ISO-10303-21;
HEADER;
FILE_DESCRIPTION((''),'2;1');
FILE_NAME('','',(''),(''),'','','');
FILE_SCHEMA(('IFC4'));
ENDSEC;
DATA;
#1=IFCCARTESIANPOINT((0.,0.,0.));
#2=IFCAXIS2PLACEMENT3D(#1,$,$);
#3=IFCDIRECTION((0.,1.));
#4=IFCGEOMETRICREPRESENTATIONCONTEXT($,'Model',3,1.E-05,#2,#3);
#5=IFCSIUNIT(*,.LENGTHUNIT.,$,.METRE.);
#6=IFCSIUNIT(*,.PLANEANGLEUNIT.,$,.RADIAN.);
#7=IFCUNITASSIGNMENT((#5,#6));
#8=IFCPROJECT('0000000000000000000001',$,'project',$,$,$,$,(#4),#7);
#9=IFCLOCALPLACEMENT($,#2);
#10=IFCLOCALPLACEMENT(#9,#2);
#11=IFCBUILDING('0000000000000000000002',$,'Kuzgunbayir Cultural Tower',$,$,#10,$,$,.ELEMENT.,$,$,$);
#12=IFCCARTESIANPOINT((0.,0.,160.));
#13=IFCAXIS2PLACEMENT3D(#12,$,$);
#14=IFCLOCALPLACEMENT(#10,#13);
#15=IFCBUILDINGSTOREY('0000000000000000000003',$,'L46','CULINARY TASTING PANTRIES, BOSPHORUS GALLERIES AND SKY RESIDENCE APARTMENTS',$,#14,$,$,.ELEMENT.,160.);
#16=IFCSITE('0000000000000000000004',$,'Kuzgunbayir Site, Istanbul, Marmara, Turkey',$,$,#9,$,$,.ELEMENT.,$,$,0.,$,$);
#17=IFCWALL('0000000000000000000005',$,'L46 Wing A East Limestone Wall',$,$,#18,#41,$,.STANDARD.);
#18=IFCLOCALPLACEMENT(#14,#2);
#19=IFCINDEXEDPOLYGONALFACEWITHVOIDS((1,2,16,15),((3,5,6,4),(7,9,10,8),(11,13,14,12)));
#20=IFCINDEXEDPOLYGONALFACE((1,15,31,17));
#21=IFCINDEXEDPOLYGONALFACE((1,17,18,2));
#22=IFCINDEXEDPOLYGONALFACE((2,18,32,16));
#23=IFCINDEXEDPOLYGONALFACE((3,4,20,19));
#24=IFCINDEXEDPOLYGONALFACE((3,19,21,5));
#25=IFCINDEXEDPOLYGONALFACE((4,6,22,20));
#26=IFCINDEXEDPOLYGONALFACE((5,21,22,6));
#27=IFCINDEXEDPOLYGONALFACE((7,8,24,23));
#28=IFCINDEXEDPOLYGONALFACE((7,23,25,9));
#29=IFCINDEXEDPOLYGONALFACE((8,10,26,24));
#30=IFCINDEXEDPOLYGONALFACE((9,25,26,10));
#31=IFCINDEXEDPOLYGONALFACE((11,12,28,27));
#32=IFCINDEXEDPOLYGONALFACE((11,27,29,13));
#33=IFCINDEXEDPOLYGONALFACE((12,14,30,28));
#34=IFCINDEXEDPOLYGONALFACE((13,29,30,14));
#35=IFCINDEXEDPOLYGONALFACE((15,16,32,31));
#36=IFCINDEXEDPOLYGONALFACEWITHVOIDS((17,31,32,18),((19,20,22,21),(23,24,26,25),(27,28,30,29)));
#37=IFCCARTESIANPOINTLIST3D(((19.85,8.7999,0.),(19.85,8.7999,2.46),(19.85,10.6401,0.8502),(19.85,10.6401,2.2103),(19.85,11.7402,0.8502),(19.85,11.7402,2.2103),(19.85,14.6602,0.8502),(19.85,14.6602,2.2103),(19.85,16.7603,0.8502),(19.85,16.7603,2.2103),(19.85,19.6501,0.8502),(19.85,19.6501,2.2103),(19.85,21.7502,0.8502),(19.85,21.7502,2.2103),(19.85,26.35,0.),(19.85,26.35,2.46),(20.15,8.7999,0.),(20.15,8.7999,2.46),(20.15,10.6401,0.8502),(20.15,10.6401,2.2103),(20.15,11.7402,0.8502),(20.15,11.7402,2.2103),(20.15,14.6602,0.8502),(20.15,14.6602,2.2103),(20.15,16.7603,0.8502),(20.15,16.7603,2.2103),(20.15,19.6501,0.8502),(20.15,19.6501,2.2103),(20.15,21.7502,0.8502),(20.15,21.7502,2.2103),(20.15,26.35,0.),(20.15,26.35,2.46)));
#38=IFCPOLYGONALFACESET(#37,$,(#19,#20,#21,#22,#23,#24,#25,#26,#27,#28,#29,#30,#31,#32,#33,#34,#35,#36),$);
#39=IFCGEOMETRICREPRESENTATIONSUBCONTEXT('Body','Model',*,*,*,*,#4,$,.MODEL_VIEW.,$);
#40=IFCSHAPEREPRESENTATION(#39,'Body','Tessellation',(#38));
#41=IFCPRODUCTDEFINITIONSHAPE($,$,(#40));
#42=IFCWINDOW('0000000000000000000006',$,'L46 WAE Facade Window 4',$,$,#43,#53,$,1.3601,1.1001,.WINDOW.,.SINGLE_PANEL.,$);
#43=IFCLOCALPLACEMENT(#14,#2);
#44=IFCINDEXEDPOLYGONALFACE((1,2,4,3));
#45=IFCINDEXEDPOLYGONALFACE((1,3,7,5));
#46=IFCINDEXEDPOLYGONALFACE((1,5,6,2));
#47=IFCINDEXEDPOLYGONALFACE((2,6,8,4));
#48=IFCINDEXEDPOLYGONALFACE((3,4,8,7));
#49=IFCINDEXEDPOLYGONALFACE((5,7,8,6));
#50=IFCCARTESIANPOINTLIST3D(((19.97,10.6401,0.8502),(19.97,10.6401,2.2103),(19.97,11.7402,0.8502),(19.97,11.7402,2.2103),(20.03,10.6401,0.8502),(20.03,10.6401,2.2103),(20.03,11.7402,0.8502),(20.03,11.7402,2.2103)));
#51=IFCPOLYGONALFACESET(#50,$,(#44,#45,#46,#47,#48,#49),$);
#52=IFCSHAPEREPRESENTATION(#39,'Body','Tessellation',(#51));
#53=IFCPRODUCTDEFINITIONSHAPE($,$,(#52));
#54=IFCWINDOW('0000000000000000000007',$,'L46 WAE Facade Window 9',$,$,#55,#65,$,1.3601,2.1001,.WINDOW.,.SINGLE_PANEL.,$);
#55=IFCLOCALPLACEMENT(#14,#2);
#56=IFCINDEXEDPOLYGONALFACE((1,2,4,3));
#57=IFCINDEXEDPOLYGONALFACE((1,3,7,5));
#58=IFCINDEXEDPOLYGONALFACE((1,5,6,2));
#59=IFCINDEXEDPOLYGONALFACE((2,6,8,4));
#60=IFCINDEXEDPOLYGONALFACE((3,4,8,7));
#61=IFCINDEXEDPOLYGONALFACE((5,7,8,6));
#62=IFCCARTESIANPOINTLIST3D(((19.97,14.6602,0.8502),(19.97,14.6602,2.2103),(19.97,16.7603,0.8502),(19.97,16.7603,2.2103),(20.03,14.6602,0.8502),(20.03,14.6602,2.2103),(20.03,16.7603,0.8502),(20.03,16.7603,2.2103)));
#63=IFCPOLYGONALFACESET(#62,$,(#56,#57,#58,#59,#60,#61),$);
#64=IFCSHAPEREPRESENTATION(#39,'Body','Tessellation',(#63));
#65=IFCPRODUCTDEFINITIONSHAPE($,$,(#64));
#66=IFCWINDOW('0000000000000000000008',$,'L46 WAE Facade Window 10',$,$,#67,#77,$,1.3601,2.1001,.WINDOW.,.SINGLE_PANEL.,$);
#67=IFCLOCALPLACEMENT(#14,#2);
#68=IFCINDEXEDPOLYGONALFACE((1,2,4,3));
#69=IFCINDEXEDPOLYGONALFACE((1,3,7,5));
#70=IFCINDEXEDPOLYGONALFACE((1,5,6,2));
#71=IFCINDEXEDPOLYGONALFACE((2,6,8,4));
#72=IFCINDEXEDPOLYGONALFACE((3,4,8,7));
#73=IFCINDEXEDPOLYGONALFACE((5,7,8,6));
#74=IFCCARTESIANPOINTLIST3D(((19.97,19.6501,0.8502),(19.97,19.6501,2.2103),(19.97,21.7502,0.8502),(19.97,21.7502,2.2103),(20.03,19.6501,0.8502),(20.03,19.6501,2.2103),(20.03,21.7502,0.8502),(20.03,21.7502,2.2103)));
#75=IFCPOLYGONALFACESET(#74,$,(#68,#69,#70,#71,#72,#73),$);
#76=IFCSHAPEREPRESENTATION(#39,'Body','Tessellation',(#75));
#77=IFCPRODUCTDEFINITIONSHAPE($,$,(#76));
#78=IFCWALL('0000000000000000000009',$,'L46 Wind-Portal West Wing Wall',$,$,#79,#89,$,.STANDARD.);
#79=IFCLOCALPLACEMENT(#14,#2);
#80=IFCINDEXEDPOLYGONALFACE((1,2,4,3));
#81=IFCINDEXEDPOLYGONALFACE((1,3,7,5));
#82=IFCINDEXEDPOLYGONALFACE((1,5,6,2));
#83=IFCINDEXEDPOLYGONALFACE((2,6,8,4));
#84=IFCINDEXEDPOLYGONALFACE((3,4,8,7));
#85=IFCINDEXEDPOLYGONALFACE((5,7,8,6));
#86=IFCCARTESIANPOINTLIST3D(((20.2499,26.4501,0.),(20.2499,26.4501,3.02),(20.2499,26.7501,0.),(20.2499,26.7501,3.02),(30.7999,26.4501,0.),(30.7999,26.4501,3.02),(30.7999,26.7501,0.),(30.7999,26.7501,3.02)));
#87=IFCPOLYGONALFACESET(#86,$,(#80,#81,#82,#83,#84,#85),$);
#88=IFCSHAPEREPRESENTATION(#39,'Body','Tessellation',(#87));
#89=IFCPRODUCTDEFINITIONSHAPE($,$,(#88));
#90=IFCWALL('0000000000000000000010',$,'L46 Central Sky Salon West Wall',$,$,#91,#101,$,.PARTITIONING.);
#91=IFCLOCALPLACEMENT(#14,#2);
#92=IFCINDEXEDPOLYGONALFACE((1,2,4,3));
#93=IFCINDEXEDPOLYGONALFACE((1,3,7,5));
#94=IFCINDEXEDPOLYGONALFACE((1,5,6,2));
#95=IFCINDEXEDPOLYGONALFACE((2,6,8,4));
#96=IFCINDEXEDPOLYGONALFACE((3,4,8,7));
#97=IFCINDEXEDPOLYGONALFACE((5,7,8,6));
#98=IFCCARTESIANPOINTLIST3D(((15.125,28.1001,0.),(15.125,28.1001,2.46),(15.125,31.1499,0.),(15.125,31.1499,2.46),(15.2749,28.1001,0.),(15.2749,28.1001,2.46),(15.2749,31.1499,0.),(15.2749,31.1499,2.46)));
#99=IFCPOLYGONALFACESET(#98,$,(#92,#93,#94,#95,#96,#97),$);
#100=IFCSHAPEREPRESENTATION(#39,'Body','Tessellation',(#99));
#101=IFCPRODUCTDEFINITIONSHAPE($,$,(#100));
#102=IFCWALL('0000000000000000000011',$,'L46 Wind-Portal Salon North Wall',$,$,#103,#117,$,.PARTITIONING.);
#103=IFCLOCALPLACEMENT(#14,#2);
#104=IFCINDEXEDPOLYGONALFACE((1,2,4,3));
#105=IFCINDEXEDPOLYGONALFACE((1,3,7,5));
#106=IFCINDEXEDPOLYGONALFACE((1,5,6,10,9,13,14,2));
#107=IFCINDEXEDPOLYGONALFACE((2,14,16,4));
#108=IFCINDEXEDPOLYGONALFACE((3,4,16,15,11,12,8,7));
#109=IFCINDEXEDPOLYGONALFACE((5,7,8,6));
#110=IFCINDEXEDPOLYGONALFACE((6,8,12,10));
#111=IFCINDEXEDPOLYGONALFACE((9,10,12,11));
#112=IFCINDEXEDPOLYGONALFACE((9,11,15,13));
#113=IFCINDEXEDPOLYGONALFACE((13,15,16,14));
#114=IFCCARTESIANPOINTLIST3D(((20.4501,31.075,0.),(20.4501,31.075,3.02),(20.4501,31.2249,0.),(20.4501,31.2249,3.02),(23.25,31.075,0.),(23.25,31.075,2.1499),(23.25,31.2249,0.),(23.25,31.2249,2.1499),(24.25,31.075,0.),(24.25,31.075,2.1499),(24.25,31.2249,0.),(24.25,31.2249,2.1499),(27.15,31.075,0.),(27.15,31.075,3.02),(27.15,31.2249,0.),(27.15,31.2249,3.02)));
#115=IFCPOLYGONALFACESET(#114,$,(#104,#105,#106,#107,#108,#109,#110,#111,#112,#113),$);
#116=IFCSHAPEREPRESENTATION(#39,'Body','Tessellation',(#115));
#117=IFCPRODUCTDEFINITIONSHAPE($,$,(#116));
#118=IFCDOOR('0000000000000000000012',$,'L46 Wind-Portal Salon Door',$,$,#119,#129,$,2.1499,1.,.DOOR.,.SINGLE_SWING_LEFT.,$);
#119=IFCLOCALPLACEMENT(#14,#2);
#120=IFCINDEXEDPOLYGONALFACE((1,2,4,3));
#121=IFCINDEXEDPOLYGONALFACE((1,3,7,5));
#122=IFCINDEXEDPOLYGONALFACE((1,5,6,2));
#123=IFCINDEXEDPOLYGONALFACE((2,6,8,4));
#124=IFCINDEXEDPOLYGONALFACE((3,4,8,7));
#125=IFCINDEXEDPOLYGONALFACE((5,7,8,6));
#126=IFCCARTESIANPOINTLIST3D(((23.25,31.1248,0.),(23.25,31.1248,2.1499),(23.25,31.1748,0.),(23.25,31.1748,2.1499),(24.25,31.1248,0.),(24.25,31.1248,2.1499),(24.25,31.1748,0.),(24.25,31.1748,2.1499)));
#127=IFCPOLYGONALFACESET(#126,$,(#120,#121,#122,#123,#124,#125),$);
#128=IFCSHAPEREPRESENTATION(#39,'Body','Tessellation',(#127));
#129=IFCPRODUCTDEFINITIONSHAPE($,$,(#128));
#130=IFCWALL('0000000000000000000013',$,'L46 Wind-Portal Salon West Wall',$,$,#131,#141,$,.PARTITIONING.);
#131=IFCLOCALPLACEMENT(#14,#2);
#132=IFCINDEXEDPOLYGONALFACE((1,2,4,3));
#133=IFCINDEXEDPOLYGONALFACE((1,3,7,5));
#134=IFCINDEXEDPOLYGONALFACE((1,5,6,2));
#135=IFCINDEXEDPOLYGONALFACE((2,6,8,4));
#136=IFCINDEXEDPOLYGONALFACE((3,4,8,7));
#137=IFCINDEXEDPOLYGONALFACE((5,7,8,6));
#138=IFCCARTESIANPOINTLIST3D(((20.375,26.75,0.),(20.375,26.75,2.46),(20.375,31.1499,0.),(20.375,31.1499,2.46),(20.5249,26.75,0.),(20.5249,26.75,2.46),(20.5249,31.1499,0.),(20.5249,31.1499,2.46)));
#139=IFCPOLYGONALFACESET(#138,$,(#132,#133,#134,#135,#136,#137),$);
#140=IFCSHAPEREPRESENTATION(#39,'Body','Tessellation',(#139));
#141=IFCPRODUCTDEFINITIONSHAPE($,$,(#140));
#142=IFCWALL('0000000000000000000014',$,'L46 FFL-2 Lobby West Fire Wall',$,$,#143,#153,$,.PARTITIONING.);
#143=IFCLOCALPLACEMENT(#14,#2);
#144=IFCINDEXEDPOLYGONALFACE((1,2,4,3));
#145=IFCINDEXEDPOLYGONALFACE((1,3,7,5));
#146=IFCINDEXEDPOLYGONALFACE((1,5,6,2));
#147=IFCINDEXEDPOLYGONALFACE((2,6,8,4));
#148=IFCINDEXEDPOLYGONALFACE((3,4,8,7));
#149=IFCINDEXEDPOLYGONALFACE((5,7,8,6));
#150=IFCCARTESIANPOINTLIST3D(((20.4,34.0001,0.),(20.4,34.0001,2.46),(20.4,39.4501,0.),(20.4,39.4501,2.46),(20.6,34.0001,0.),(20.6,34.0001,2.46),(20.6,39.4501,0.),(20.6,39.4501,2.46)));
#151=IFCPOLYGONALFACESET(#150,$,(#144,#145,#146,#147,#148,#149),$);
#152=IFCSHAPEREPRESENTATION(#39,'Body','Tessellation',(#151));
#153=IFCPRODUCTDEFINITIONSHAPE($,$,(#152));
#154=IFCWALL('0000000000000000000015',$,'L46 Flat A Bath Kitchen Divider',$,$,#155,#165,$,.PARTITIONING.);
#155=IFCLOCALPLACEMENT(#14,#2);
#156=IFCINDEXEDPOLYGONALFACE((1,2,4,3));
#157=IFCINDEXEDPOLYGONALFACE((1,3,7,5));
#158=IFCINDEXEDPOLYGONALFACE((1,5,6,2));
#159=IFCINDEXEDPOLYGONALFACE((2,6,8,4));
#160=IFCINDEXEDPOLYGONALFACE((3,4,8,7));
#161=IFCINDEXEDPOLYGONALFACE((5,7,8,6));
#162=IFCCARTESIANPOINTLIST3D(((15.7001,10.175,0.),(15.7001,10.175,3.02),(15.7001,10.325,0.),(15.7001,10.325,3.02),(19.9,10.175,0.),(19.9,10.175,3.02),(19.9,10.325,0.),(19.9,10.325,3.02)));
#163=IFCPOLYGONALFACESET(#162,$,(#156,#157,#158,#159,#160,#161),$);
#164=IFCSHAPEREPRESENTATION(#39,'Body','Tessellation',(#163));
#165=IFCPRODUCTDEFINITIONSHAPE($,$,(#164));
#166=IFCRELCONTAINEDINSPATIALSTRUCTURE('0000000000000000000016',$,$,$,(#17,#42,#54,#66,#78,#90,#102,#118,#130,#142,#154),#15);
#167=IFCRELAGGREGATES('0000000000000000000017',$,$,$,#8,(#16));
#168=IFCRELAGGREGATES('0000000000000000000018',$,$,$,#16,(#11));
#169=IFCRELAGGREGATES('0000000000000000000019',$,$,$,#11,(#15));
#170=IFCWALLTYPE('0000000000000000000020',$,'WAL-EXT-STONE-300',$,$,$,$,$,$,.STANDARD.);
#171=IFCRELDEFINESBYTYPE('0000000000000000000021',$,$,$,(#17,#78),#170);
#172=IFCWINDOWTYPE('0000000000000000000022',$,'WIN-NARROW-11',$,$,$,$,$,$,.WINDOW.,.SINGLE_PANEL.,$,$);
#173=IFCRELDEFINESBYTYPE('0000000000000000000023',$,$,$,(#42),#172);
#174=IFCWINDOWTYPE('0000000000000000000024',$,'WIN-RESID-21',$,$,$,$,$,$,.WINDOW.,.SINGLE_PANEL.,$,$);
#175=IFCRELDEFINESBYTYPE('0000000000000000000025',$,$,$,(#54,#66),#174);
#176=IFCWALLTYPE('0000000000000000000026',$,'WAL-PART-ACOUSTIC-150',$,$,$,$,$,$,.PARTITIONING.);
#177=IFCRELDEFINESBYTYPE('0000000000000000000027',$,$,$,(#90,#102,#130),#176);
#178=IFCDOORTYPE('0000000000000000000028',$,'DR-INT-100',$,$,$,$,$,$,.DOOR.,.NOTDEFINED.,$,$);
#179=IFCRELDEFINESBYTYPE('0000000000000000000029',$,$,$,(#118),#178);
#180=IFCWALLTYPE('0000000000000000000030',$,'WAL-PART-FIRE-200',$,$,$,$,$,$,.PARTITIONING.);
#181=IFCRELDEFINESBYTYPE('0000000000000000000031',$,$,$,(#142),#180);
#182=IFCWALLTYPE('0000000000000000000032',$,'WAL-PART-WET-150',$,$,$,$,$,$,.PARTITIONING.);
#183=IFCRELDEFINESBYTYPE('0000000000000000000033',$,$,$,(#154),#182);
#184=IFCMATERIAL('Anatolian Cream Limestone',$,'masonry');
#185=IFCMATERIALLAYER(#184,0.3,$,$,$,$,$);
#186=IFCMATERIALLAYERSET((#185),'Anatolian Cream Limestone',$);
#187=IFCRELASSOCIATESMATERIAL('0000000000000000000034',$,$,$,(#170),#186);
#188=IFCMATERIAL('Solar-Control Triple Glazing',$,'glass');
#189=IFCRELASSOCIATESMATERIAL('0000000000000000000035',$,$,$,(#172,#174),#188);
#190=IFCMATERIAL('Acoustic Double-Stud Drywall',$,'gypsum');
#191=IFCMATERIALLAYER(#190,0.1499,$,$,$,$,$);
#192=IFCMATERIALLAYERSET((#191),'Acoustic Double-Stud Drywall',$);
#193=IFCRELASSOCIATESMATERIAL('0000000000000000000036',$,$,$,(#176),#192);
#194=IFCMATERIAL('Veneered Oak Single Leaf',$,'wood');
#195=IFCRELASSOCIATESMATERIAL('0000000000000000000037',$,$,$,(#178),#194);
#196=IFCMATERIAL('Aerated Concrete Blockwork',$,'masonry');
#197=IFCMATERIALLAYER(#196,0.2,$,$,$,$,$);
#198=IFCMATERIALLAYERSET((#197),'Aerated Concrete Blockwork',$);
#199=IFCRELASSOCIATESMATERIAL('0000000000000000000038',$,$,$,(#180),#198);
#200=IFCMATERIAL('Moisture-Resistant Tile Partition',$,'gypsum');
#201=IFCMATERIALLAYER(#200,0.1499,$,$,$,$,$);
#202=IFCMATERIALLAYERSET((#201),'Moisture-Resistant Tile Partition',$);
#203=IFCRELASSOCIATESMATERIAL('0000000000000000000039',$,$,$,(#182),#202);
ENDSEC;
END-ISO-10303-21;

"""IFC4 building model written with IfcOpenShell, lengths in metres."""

from ifc_helpers import new_model, si_unit, direction, frame, frame_2d, origin, place, context, subcontext, project, spatial, rectangle, extrude, material, layer, layer_set, type_object, element, fill, save


model = new_model("IFC4")

# Units and contexts
model_context = context("Model", 3, precision=1e-05, world=origin(), true_north=direction((0.0, 1.0)))
body_context = subcontext(model_context, "Body", "Model", "MODEL_VIEW")
ifc_project = project(units=[si_unit("LENGTHUNIT", "METRE"), si_unit("PLANEANGLEUNIT", "RADIAN")], contexts=[model_context])

# Site, building, storey
site_placement = place(None, origin())
site = spatial("IfcSite", under=ifc_project, at=site_placement, Name="Kuzgunbayir Site, Istanbul, Marmara, Turkey", CompositionType="ELEMENT", RefElevation=0.0)
building_placement = place(site_placement, origin())
building = spatial("IfcBuilding", under=site, at=building_placement, Name="Kuzgunbayir Cultural Tower", CompositionType="ELEMENT")
storey_placement = place(building_placement, frame((0.0, 0.0, 160.0)))
storey = spatial("IfcBuildingStorey", under=building, at=storey_placement, Name="L46", Description="CULINARY TASTING PANTRIES, BOSPHORUS GALLERIES AND SKY RESIDENCE APARTMENTS", CompositionType="ELEMENT", Elevation=160.0)

# Wall, openings, windows
ifc_material_1 = material(Name="Anatolian Cream Limestone", Category="masonry")
ifc_layer_1 = layer(ifc_material_1, 0.3)
ifc_layer_set_1 = layer_set([ifc_layer_1], Name="Anatolian Cream Limestone")
wall_type_1 = type_object("IfcWallType", Name="WAL-EXT-STONE-300", PredefinedType="STANDARD", material=ifc_layer_set_1)
wall_1_placement = place(storey_placement, frame((20.0, 8.8, 0.0), z_axis=(0.0, 0.0, 1.0), x_axis=(0.0, 1.0, 0.0)))
wall_1 = element("IfcWall", 1, at=wall_1_placement, inside=storey, type_object=wall_type_1, Name="L46 Wing A East Limestone Wall", PredefinedType="STANDARD", context=body_context, shape_type="SweptSolid", body=[
    extrude(rectangle(XDim=17.55, YDim=0.3, at=frame_2d((8.7749, 0.0))), origin(), (0.0, 0.0, 1.0), 2.46),
])
opening_1_placement = place(wall_1_placement, frame((1.8401, 0.0, 0.8501)))
opening_1 = element("IfcOpeningElement", 2, at=opening_1_placement, cuts=wall_1, PredefinedType="OPENING", context=body_context, shape_type="SweptSolid", body=[
    extrude(rectangle(XDim=1.1001, YDim=1.3601, at=frame_2d((0.55, 0.6802))), frame((0.0, 0.1602, 0.0), z_axis=(0.0, -1.0, 0.0), x_axis=(1.0, 0.0, 0.0)), (0.0, 0.0, 1.0), 0.3201),
])
opening_2_placement = place(wall_1_placement, frame((5.8601, 0.0, 0.8501)))
opening_2 = element("IfcOpeningElement", 3, at=opening_2_placement, cuts=wall_1, PredefinedType="OPENING", context=body_context, shape_type="SweptSolid", body=[
    extrude(rectangle(XDim=2.1001, YDim=1.3601, at=frame_2d((1.05, 0.6802))), frame((0.0, 0.1602, 0.0), z_axis=(0.0, -1.0, 0.0), x_axis=(1.0, 0.0, 0.0)), (0.0, 0.0, 1.0), 0.3201),
])
opening_3_placement = place(wall_1_placement, frame((10.8501, 0.0, 0.8501)))
opening_3 = element("IfcOpeningElement", 4, at=opening_3_placement, cuts=wall_1, PredefinedType="OPENING", context=body_context, shape_type="SweptSolid", body=[
    extrude(rectangle(XDim=2.1001, YDim=1.3601, at=frame_2d((1.05, 0.6802))), frame((0.0, 0.1602, 0.0), z_axis=(0.0, -1.0, 0.0), x_axis=(1.0, 0.0, 0.0)), (0.0, 0.0, 1.0), 0.3201),
])
ifc_material_2 = material(Name="Solar-Control Triple Glazing", Category="glass")
window_type_1 = type_object("IfcWindowType", Name="WIN-NARROW-11", PartitioningType="SINGLE_PANEL", PredefinedType="WINDOW", material=ifc_material_2)
window_1_placement = place(opening_1_placement, origin())
window_1 = element("IfcWindow", 5, at=window_1_placement, inside=storey, type_object=window_type_1, Name="L46 WAE Facade Window 4", OverallHeight=1.3601, OverallWidth=1.1001, PartitioningType="SINGLE_PANEL", PredefinedType="WINDOW", context=body_context, shape_type="SweptSolid", body=[
    extrude(rectangle(XDim=1.1001, YDim=1.3601, at=frame_2d((0.55, 0.6802))), frame((0.0, 0.03, 0.0), z_axis=(0.0, -1.0, 0.0), x_axis=(1.0, 0.0, 0.0)), (0.0, 0.0, 1.0), 0.0601),
])
fill(opening_1, window_1)
window_type_2 = type_object("IfcWindowType", Name="WIN-RESID-21", PartitioningType="SINGLE_PANEL", PredefinedType="WINDOW", material=ifc_material_2)
window_2_placement = place(opening_2_placement, origin())
window_2 = element("IfcWindow", 6, at=window_2_placement, inside=storey, type_object=window_type_2, Name="L46 WAE Facade Window 9", OverallHeight=1.3601, OverallWidth=2.1001, PartitioningType="SINGLE_PANEL", PredefinedType="WINDOW", context=body_context, shape_type="SweptSolid", body=[
    extrude(rectangle(XDim=2.1001, YDim=1.3601, at=frame_2d((1.05, 0.6802))), frame((0.0, 0.03, 0.0), z_axis=(0.0, -1.0, 0.0), x_axis=(1.0, 0.0, 0.0)), (0.0, 0.0, 1.0), 0.0601),
])
fill(opening_2, window_2)
window_3_placement = place(opening_3_placement, origin())
window_3 = element("IfcWindow", 7, at=window_3_placement, inside=storey, type_object=window_type_2, Name="L46 WAE Facade Window 10", OverallHeight=1.3601, OverallWidth=2.1001, PartitioningType="SINGLE_PANEL", PredefinedType="WINDOW", context=body_context, shape_type="SweptSolid", body=[
    extrude(rectangle(XDim=2.1001, YDim=1.3601, at=frame_2d((1.05, 0.6802))), frame((0.0, 0.03, 0.0), z_axis=(0.0, -1.0, 0.0), x_axis=(1.0, 0.0, 0.0)), (0.0, 0.0, 1.0), 0.0601),
])
fill(opening_3, window_3)

# Walls
wall_2_placement = place(storey_placement, frame((20.25, 26.6001, 0.0), z_axis=(0.0, 0.0, 1.0), x_axis=(1.0, 0.0, 0.0)))
element("IfcWall", 8, at=wall_2_placement, inside=storey, type_object=wall_type_1, Name="L46 Wind-Portal West Wing Wall", PredefinedType="STANDARD", context=body_context, shape_type="SweptSolid", body=[
    extrude(rectangle(XDim=10.55, YDim=0.3, at=frame_2d((5.2749, 0.0))), origin(), (0.0, 0.0, 1.0), 3.02),
])
ifc_material_3 = material(Name="Acoustic Double-Stud Drywall", Category="gypsum")
ifc_layer_2 = layer(ifc_material_3, 0.1499)
ifc_layer_set_2 = layer_set([ifc_layer_2], Name="Acoustic Double-Stud Drywall")
wall_type_2 = type_object("IfcWallType", Name="WAL-PART-ACOUSTIC-150", PredefinedType="PARTITIONING", material=ifc_layer_set_2)
wall_3_placement = place(storey_placement, frame((15.2, 28.1001, 0.0), z_axis=(0.0, 0.0, 1.0), x_axis=(0.0, 1.0, 0.0)))
element("IfcWall", 9, at=wall_3_placement, inside=storey, type_object=wall_type_2, Name="L46 Central Sky Salon West Wall", PredefinedType="PARTITIONING", context=body_context, shape_type="SweptSolid", body=[
    extrude(rectangle(XDim=3.0498, YDim=0.1499, at=frame_2d((1.5249, 0.0))), origin(), (0.0, 0.0, 1.0), 2.46),
])

# Wall, opening, door
wall_4_placement = place(storey_placement, frame((20.45, 31.1499, 0.0), z_axis=(0.0, 0.0, 1.0), x_axis=(1.0, 0.0, 0.0)))
wall_4 = element("IfcWall", 10, at=wall_4_placement, inside=storey, type_object=wall_type_2, Name="L46 Wind-Portal Salon North Wall", PredefinedType="PARTITIONING", context=body_context, shape_type="SweptSolid", body=[
    extrude(rectangle(XDim=6.7, YDim=0.1499, at=frame_2d((3.3501, 0.0))), origin(), (0.0, 0.0, 1.0), 3.02),
])
opening_4_placement = place(wall_4_placement, frame((2.8, 0.0, 0.0)))
opening_4 = element("IfcOpeningElement", 11, at=opening_4_placement, cuts=wall_4, PredefinedType="OPENING", context=body_context, shape_type="SweptSolid", body=[
    extrude(rectangle(XDim=1.0, YDim=2.1499, at=frame_2d((0.5, 1.075))), frame((0.0, 0.085, 0.0), z_axis=(0.0, -1.0, 0.0), x_axis=(1.0, 0.0, 0.0)), (0.0, 0.0, 1.0), 0.1699),
])
ifc_material_4 = material(Name="Veneered Oak Single Leaf", Category="wood")
door_type_1 = type_object("IfcDoorType", Name="DR-INT-100", OperationType="NOTDEFINED", PredefinedType="DOOR", material=ifc_material_4)
door_1_placement = place(opening_4_placement, origin())
door_1 = element("IfcDoor", 12, at=door_1_placement, inside=storey, type_object=door_type_1, Name="L46 Wind-Portal Salon Door", OperationType="SINGLE_SWING_LEFT", OverallHeight=2.1499, OverallWidth=1.0, PredefinedType="DOOR", context=body_context, shape_type="SweptSolid", body=[
    extrude(rectangle(XDim=1.0, YDim=2.1499, at=frame_2d((0.5, 1.075))), frame((0.0, 0.0249, 0.0), z_axis=(0.0, -1.0, 0.0), x_axis=(1.0, 0.0, 0.0)), (0.0, 0.0, 1.0), 0.05),
])
fill(opening_4, door_1)

# Walls
wall_5_placement = place(storey_placement, frame((20.45, 26.75, 0.0), z_axis=(0.0, 0.0, 1.0), x_axis=(0.0, 1.0, 0.0)))
element("IfcWall", 13, at=wall_5_placement, inside=storey, type_object=wall_type_2, Name="L46 Wind-Portal Salon West Wall", PredefinedType="PARTITIONING", context=body_context, shape_type="SweptSolid", body=[
    extrude(rectangle(XDim=4.3999, YDim=0.1499, at=frame_2d((2.2, 0.0))), origin(), (0.0, 0.0, 1.0), 2.46),
])
ifc_material_5 = material(Name="Aerated Concrete Blockwork", Category="masonry")
ifc_layer_3 = layer(ifc_material_5, 0.2)
ifc_layer_set_3 = layer_set([ifc_layer_3], Name="Aerated Concrete Blockwork")
wall_type_3 = type_object("IfcWallType", Name="WAL-PART-FIRE-200", PredefinedType="PARTITIONING", material=ifc_layer_set_3)
wall_6_placement = place(storey_placement, frame((20.5, 34.0, 0.0), z_axis=(0.0, 0.0, 1.0), x_axis=(0.0, 1.0, 0.0)))
element("IfcWall", 14, at=wall_6_placement, inside=storey, type_object=wall_type_3, Name="L46 FFL-2 Lobby West Fire Wall", PredefinedType="PARTITIONING", context=body_context, shape_type="SweptSolid", body=[
    extrude(rectangle(XDim=5.45, YDim=0.2, at=frame_2d((2.7251, 0.0))), origin(), (0.0, 0.0, 1.0), 2.46),
])

# Shared definitions
ifc_material_6 = material(Name="Moisture-Resistant Tile Partition", Category="gypsum")
ifc_layer_4 = layer(ifc_material_6, 0.1499)
ifc_layer_set_4 = layer_set([ifc_layer_4], Name="Moisture-Resistant Tile Partition")
wall_type_4 = type_object("IfcWallType", Name="WAL-PART-WET-150", PredefinedType="PARTITIONING", material=ifc_layer_set_4)

# Wall
wall_7_placement = place(storey_placement, frame((15.7, 10.25, 0.0), z_axis=(0.0, 0.0, 1.0), x_axis=(1.0, 0.0, 0.0)))
element("IfcWall", 15, at=wall_7_placement, inside=storey, type_object=wall_type_4, Name="L46 Flat A Bath Kitchen Divider", PredefinedType="PARTITIONING", context=body_context, shape_type="SweptSolid", body=[
    extrude(rectangle(XDim=4.2, YDim=0.1499, at=frame_2d((2.1001, 0.0))), origin(), (0.0, 0.0, 1.0), 3.02),
])

save(model, "model.ifc")
